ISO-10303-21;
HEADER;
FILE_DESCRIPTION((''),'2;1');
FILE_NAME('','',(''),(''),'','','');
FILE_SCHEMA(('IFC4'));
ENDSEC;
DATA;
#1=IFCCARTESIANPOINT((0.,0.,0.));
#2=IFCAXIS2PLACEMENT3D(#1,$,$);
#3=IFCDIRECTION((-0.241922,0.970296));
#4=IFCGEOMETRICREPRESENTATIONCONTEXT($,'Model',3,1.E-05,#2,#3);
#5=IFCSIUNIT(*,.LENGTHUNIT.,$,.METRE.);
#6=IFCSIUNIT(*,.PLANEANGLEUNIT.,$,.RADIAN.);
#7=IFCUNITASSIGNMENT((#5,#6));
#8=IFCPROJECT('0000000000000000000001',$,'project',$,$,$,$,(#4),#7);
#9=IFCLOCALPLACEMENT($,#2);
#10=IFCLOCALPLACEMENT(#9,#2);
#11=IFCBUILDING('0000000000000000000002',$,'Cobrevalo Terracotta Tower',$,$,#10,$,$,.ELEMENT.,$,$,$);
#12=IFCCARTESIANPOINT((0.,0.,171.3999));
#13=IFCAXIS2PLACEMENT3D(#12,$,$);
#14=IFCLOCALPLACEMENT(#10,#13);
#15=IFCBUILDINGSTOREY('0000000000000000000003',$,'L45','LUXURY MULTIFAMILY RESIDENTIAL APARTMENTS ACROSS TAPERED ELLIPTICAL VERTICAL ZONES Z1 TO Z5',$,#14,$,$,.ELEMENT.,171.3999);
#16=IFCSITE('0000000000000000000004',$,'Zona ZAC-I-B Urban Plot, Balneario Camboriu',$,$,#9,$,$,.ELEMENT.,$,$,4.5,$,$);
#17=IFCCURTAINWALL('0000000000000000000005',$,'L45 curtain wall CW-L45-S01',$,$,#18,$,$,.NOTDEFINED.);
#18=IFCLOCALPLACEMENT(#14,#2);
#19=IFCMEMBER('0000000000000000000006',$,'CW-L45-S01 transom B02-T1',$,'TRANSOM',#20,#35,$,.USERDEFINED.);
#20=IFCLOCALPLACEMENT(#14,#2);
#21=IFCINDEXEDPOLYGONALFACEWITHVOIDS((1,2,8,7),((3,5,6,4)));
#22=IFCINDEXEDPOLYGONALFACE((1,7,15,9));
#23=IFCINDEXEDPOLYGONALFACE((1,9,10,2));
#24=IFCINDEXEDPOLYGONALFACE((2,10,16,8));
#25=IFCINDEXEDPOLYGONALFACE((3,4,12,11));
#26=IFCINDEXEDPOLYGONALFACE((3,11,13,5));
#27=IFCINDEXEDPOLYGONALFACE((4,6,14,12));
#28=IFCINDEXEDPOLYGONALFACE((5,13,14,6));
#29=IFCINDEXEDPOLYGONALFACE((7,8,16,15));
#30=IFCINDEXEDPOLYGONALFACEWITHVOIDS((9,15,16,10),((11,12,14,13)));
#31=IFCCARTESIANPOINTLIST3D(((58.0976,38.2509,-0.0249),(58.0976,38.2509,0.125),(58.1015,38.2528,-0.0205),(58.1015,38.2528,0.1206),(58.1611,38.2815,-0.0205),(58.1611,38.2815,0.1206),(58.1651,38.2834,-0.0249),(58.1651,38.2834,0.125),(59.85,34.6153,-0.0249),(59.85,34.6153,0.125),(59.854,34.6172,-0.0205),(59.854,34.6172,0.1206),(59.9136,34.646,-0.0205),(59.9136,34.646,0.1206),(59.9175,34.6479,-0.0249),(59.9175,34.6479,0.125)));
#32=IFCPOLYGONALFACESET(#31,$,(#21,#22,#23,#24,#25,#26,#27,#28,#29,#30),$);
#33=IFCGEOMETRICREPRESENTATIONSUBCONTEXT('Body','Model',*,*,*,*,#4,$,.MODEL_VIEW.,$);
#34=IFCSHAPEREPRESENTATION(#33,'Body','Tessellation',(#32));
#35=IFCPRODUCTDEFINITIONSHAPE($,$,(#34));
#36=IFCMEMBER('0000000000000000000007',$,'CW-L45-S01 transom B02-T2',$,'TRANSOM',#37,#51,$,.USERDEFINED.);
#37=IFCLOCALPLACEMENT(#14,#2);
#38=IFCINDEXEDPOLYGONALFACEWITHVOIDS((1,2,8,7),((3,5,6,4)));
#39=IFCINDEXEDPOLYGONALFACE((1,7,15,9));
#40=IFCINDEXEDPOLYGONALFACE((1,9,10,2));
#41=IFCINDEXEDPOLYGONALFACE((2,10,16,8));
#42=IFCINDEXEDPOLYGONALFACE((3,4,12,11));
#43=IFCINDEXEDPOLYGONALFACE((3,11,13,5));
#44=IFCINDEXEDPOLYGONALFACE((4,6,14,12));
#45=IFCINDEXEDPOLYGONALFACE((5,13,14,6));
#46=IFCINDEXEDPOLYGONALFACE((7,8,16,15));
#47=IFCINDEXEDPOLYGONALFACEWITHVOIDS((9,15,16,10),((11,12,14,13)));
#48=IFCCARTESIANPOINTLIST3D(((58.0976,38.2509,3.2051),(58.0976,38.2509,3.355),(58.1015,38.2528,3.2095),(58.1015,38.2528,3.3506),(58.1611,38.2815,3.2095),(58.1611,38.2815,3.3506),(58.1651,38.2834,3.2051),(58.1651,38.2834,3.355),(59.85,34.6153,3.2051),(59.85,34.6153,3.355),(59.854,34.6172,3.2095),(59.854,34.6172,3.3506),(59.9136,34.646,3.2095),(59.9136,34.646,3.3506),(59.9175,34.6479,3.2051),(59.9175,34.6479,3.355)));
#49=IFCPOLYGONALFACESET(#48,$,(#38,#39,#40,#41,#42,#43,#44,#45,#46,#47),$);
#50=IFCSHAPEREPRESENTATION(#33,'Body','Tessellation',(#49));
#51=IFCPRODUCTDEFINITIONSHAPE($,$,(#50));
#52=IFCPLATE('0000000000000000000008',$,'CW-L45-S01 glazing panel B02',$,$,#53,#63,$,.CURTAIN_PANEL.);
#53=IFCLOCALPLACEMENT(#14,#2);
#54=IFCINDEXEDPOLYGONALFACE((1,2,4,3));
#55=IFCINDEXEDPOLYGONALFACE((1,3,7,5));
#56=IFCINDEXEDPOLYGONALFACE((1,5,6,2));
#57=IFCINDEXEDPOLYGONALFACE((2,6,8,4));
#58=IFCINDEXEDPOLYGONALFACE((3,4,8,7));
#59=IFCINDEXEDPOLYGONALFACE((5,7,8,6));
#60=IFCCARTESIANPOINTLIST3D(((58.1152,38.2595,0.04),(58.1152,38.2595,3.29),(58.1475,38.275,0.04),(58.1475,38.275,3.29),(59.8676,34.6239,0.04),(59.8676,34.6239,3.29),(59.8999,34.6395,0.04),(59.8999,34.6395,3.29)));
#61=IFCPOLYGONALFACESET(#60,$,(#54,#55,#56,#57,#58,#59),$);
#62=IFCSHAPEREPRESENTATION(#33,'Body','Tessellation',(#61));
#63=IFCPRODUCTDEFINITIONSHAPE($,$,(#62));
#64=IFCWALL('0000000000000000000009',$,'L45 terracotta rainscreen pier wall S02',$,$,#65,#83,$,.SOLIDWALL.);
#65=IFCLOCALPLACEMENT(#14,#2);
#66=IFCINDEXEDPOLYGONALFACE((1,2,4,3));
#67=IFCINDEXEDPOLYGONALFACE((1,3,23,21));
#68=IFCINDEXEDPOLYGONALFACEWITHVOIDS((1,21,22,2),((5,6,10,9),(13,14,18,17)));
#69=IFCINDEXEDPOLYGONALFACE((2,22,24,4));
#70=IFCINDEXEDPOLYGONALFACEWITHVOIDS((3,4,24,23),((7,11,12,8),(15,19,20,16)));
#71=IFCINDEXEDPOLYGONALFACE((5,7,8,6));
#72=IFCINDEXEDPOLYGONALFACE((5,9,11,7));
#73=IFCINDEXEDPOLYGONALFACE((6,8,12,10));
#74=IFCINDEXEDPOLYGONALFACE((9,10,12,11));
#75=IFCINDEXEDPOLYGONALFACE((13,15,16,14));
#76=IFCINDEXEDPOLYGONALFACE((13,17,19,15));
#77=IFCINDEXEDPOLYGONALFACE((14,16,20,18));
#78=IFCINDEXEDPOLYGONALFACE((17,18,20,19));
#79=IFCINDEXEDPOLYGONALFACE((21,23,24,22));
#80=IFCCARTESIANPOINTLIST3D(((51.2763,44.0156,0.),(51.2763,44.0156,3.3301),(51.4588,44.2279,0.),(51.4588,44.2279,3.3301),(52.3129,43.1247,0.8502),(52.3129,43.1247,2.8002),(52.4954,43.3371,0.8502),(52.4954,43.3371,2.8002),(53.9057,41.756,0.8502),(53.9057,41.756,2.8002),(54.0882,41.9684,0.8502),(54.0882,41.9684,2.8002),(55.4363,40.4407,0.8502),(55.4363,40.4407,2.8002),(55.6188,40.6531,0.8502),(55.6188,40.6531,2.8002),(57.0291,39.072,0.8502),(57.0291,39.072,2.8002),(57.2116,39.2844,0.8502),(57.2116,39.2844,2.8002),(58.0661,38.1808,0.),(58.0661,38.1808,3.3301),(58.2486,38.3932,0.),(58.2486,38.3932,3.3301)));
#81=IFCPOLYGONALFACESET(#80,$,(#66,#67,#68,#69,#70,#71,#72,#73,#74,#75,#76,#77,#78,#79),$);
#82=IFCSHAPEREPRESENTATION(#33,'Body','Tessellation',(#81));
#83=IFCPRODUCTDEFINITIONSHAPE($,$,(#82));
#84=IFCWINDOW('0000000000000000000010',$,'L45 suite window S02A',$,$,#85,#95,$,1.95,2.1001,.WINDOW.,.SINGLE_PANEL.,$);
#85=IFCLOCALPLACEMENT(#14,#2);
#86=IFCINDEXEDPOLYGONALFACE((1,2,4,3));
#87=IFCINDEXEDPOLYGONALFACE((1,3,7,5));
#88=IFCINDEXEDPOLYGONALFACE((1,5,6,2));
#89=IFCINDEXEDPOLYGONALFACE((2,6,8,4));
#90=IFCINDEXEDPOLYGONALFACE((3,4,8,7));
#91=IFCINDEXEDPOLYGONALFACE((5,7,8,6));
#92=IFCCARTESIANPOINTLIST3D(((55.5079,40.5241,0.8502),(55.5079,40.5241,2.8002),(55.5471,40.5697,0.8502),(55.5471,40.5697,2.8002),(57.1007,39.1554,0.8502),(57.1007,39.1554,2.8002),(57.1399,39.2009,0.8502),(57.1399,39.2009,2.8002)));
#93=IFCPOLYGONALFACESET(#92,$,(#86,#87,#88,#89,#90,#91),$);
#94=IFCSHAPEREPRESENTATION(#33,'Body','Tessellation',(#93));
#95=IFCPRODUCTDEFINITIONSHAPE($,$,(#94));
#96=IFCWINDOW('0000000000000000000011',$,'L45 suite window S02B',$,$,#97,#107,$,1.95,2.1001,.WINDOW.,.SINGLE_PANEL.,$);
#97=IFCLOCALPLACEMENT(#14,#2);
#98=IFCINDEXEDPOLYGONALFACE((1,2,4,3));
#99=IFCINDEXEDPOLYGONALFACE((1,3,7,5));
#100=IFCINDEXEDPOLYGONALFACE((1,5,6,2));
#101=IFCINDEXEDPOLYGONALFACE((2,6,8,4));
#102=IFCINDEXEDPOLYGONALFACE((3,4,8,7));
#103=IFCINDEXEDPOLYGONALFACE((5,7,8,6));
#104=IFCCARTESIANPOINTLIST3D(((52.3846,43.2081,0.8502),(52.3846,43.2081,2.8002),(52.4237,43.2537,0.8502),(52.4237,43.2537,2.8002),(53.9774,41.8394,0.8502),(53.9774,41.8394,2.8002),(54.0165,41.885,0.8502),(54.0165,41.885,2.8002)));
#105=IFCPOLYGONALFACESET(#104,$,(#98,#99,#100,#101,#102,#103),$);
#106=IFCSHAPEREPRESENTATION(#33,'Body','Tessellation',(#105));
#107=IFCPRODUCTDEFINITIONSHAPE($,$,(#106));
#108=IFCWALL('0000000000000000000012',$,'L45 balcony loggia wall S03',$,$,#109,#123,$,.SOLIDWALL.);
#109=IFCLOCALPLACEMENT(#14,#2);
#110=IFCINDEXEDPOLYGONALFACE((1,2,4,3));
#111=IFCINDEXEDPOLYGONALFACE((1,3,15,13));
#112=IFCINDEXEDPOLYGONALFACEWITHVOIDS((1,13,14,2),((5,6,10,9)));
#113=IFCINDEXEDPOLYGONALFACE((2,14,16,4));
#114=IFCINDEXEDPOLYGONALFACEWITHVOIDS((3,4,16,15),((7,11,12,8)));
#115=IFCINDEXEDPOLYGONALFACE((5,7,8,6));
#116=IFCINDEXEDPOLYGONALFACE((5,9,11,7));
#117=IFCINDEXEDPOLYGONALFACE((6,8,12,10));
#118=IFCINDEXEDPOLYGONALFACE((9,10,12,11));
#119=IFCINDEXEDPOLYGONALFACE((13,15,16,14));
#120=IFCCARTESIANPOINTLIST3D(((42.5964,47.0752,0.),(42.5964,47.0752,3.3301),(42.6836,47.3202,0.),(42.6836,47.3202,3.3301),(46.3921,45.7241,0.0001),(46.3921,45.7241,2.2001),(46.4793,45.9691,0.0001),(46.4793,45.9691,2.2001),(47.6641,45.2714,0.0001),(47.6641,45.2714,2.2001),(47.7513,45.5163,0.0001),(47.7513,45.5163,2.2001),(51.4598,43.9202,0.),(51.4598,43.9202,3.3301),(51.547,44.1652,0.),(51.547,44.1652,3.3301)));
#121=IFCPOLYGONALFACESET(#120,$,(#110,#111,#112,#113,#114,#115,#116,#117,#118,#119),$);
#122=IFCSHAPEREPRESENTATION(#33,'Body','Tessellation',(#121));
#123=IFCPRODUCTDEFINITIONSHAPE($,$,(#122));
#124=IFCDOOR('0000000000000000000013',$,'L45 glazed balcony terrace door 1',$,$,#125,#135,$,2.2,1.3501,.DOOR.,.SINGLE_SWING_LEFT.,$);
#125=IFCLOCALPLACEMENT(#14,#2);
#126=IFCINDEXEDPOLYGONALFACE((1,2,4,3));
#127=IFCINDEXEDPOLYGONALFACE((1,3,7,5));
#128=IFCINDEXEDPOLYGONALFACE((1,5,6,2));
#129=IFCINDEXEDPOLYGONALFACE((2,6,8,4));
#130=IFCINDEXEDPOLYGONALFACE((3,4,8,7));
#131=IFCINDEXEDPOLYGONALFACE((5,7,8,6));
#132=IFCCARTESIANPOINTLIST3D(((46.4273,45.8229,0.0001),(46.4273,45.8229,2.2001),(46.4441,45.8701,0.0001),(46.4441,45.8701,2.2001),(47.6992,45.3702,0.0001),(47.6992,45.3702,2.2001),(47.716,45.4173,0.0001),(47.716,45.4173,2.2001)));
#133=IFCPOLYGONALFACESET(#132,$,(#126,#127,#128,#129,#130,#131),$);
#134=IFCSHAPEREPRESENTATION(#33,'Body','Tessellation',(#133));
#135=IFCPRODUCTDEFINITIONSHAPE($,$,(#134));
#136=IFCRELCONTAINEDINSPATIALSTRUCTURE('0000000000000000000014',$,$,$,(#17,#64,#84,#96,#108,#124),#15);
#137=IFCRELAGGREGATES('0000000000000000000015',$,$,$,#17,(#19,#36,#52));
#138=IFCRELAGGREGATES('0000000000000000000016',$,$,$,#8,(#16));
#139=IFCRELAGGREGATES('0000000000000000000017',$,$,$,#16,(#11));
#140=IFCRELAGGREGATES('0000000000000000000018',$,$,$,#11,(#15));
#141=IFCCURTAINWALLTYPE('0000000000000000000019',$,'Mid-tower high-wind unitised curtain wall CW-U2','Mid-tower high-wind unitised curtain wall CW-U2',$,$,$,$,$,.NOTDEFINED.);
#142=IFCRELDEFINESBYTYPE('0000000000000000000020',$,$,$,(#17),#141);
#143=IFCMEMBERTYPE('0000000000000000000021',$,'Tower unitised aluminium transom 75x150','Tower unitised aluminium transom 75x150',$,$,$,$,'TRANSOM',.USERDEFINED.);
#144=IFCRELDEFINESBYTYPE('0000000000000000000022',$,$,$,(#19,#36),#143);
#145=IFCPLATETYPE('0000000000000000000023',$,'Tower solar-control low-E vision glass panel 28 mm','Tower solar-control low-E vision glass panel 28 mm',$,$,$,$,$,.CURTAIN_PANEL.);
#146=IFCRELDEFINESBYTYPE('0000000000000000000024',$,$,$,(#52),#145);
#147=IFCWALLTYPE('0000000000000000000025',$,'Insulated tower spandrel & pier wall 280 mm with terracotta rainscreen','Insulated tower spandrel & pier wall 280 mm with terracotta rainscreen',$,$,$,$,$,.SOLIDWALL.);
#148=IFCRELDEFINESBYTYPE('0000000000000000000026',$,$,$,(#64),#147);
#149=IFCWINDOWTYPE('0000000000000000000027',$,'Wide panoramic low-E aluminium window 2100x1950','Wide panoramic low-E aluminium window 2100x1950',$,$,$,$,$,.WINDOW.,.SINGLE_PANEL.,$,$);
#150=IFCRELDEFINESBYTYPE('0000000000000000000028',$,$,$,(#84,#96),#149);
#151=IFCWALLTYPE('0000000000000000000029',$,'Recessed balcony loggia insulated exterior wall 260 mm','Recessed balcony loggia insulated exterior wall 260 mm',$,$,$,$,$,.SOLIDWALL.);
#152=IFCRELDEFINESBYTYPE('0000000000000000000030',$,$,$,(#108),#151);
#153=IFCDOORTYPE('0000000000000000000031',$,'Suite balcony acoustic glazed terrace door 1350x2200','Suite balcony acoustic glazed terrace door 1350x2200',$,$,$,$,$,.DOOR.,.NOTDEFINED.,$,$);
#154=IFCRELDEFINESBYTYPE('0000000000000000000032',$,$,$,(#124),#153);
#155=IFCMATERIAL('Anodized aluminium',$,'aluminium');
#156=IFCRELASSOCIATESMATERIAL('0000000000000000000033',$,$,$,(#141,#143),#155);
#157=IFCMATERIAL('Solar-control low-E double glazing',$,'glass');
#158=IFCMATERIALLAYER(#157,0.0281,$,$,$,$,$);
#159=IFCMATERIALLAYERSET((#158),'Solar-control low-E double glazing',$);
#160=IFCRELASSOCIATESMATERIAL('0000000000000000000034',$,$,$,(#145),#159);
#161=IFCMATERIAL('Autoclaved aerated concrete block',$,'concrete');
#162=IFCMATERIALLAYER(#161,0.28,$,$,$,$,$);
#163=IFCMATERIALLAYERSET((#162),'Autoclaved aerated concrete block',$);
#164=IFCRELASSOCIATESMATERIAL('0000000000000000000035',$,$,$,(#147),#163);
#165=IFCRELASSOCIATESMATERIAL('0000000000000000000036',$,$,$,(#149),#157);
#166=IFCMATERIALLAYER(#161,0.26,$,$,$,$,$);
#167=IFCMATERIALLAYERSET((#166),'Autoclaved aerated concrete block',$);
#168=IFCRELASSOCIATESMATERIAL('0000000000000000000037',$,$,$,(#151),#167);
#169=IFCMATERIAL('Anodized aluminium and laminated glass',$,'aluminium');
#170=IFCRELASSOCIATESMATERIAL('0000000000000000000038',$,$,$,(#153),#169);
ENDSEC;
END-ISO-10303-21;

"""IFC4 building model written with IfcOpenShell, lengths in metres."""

from ifc_helpers import new_model, si_unit, direction, frame, frame_2d, origin, origin_2d, place, context, subcontext, project, spatial, rectangle, hollow_rectangle, extrude, source, transform, mapped, material, layer, layer_set, material_profile, profile_set, type_object, element, fill, aggregate, save


model = new_model("IFC4")

# Units and contexts
model_context = context("Model", 3, precision=1e-05, world=origin(), true_north=direction((-0.241922, 0.970296)))
body_context = subcontext(model_context, "Body", "Model", "MODEL_VIEW")
ifc_project = project(units=[si_unit("LENGTHUNIT", "METRE"), si_unit("PLANEANGLEUNIT", "RADIAN")], contexts=[model_context])

# Site, building, storey
site_placement = place(None, origin())
site = spatial("IfcSite", under=ifc_project, at=site_placement, Name="Zona ZAC-I-B Urban Plot, Balneario Camboriu", CompositionType="ELEMENT", RefElevation=4.5)
building_placement = place(site_placement, origin())
building = spatial("IfcBuilding", under=site, at=building_placement, Name="Cobrevalo Terracotta Tower", CompositionType="ELEMENT")
storey_placement = place(building_placement, frame((0.0, 0.0, 171.3999)))
storey = spatial("IfcBuildingStorey", under=building, at=storey_placement, Name="L45", Description="LUXURY MULTIFAMILY RESIDENTIAL APARTMENTS ACROSS TAPERED ELLIPTICAL VERTICAL ZONES Z1 TO Z5", CompositionType="ELEMENT", Elevation=171.3999)

# Curtain wall, members, plate
ifc_material_1 = material(Name="Anodized aluminium", Category="aluminium")
curtain_wall_type = type_object("IfcCurtainWallType", Name="Mid-tower high-wind unitised curtain wall CW-U2", Description="Mid-tower high-wind unitised curtain wall CW-U2", PredefinedType="NOTDEFINED", material=ifc_material_1)
curtain_wall_placement = place(storey_placement, origin())
curtain_wall = element("IfcCurtainWall", 1, at=curtain_wall_placement, inside=storey, type_object=curtain_wall_type, Name="L45 curtain wall CW-L45-S01", PredefinedType="NOTDEFINED")
ifc_material_profile_1 = material_profile(ifc_material_1, hollow_rectangle(XDim=0.075, YDim=0.1499, WallThickness=0.0044, at=origin_2d()), Name="CWT 75x150")
ifc_profile_set_1 = profile_set([ifc_material_profile_1], Name="Anodized aluminium")
member_type_1 = type_object("IfcMemberType", Name="Tower unitised aluminium transom 75x150", Description="Tower unitised aluminium transom 75x150", ElementType="TRANSOM", PredefinedType="USERDEFINED", material=ifc_profile_set_1)
shared_shape_1 = source(origin(), body_context, "Body", "SweptSolid", [
    extrude(hollow_rectangle(XDim=0.075, YDim=0.1499, WallThickness=0.0044, at=origin_2d()), origin(), (0.0, 0.0, 1.0), 4.0359),
])
member_1_placement = place(storey_placement, frame((59.8838, 34.6316, 0.05), z_axis=(-0.434221, 0.900806, 0.0), x_axis=(-0.900806, -0.434221, 0.0)))
member_1 = element("IfcMember", 2, at=member_1_placement, type_object=member_type_1, Name="CW-L45-S01 transom B02-T1", ObjectType="TRANSOM", PredefinedType="USERDEFINED", context=body_context, shape_type="MappedRepresentation", body=[
    mapped(shared_shape_1, transform((0.0, 0.0, 0.0), scale=1.0)),
])
member_2_placement = place(storey_placement, frame((59.8838, 34.6316, 3.28), z_axis=(-0.434221, 0.900806, 0.0), x_axis=(-0.900806, -0.434221, 0.0)))
member_2 = element("IfcMember", 3, at=member_2_placement, type_object=member_type_1, Name="CW-L45-S01 transom B02-T2", ObjectType="TRANSOM", PredefinedType="USERDEFINED", context=body_context, shape_type="MappedRepresentation", body=[
    mapped(shared_shape_1, transform((0.0, 0.0, 0.0), scale=1.0)),
])
ifc_material_2 = material(Name="Solar-control low-E double glazing", Category="glass")
ifc_layer_1 = layer(ifc_material_2, 0.0281)
ifc_layer_set_1 = layer_set([ifc_layer_1], Name="Solar-control low-E double glazing")
plate_type = type_object("IfcPlateType", Name="Tower solar-control low-E vision glass panel 28 mm", Description="Tower solar-control low-E vision glass panel 28 mm", PredefinedType="CURTAIN_PANEL", material=ifc_layer_set_1)
shared_shape_2 = source(origin(), body_context, "Body", "SweptSolid", [
    extrude(rectangle(XDim=4.0359, YDim=0.0359, at=origin_2d()), origin(), (0.0, 0.0, 1.0), 3.25),
])
plate_placement = place(storey_placement, frame((59.0076, 36.4495, 0.04), z_axis=(0.0, 0.0, 1.0), x_axis=(-0.434209, 0.900812, 0.0)))
plate = element("IfcPlate", 4, at=plate_placement, type_object=plate_type, Name="CW-L45-S01 glazing panel B02", PredefinedType="CURTAIN_PANEL", context=body_context, shape_type="MappedRepresentation", body=[
    mapped(shared_shape_2, transform((0.0, 0.0, 0.0), scale=1.0)),
])
aggregate(curtain_wall, [member_1, member_2, plate])

# Wall, openings, windows
ifc_material_3 = material(Name="Autoclaved aerated concrete block", Category="concrete")
ifc_layer_2 = layer(ifc_material_3, 0.28)
ifc_layer_set_2 = layer_set([ifc_layer_2], Name="Autoclaved aerated concrete block")
wall_type_1 = type_object("IfcWallType", Name="Insulated tower spandrel & pier wall 280 mm with terracotta rainscreen", Description="Insulated tower spandrel & pier wall 280 mm with terracotta rainscreen", PredefinedType="SOLIDWALL", material=ifc_layer_set_2)
wall_1_placement = place(storey_placement, frame((58.1572, 38.2871, 0.0), z_axis=(0.0, 0.0, 1.0), x_axis=(-0.758434, 0.65175, 0.0)))
wall_1 = element("IfcWall", 5, at=wall_1_placement, inside=storey, type_object=wall_type_1, Name="L45 terracotta rainscreen pier wall S02", PredefinedType="SOLIDWALL", context=body_context, shape_type="SweptSolid", body=[
    extrude(rectangle(XDim=8.9524, YDim=0.28, at=frame_2d((4.4761, 0.0))), origin(), (0.0, 0.0, 1.0), 3.3301),
])
opening_1_placement = place(wall_1_placement, frame((1.3672, 0.0, 0.8501)))
opening_1 = element("IfcOpeningElement", 6, at=opening_1_placement, cuts=wall_1, PredefinedType="OPENING", context=body_context, shape_type="SweptSolid", body=[
    extrude(rectangle(XDim=2.1001, YDim=1.95, at=frame_2d((1.05, 0.9751))), frame((0.0, 0.1499, 0.0), z_axis=(0.0, -1.0, 0.0), x_axis=(1.0, 0.0, 0.0)), (0.0, 0.0, 1.0), 0.3),
])
opening_2_placement = place(wall_1_placement, frame((5.4854, 0.0, 0.8501)))
opening_2 = element("IfcOpeningElement", 7, at=opening_2_placement, cuts=wall_1, PredefinedType="OPENING", context=body_context, shape_type="SweptSolid", body=[
    extrude(rectangle(XDim=2.1001, YDim=1.95, at=frame_2d((1.05, 0.9751))), frame((0.0, 0.1499, 0.0), z_axis=(0.0, -1.0, 0.0), x_axis=(1.0, 0.0, 0.0)), (0.0, 0.0, 1.0), 0.3),
])
window_type = type_object("IfcWindowType", Name="Wide panoramic low-E aluminium window 2100x1950", Description="Wide panoramic low-E aluminium window 2100x1950", PartitioningType="SINGLE_PANEL", PredefinedType="WINDOW", material=ifc_material_2)
shared_shape_3 = source(origin(), body_context, "Body", "SweptSolid", [
    extrude(rectangle(XDim=2.1001, YDim=1.95, at=frame_2d((1.05, 0.9751))), frame((0.0, 0.03, 0.0), z_axis=(0.0, -1.0, 0.0), x_axis=(1.0, 0.0, 0.0)), (0.0, 0.0, 1.0), 0.0601),
])
window_1_placement = place(opening_1_placement, origin())
window_1 = element("IfcWindow", 8, at=window_1_placement, inside=storey, type_object=window_type, Name="L45 suite window S02A", OverallHeight=1.95, OverallWidth=2.1001, PartitioningType="SINGLE_PANEL", PredefinedType="WINDOW", context=body_context, shape_type="MappedRepresentation", body=[
    mapped(shared_shape_3, transform((0.0, 0.0, 0.0), scale=1.0)),
])
fill(opening_1, window_1)
window_2_placement = place(opening_2_placement, origin())
window_2 = element("IfcWindow", 9, at=window_2_placement, inside=storey, type_object=window_type, Name="L45 suite window S02B", OverallHeight=1.95, OverallWidth=2.1001, PartitioningType="SINGLE_PANEL", PredefinedType="WINDOW", context=body_context, shape_type="MappedRepresentation", body=[
    mapped(shared_shape_3, transform((0.0, 0.0, 0.0), scale=1.0)),
])
fill(opening_2, window_2)

# Wall, opening, door
ifc_layer_3 = layer(ifc_material_3, 0.26)
ifc_layer_set_3 = layer_set([ifc_layer_3], Name="Autoclaved aerated concrete block")
wall_type_2 = type_object("IfcWallType", Name="Recessed balcony loggia insulated exterior wall 260 mm", Description="Recessed balcony loggia insulated exterior wall 260 mm", PredefinedType="SOLIDWALL", material=ifc_layer_set_3)
wall_2_placement = place(storey_placement, frame((51.5034, 44.0427, 0.0), z_axis=(0.0, 0.0, 1.0), x_axis=(-0.942095, 0.335345, 0.0)))
wall_2 = element("IfcWall", 10, at=wall_2_placement, inside=storey, type_object=wall_type_2, Name="L45 balcony loggia wall S03", PredefinedType="SOLIDWALL", context=body_context, shape_type="SweptSolid", body=[
    extrude(rectangle(XDim=9.4082, YDim=0.26, at=frame_2d((4.7041, 0.0))), origin(), (0.0, 0.0, 1.0), 3.3301),
])
opening_3_placement = place(wall_2_placement, frame((4.0291, 0.0, 0.0)))
opening_3 = element("IfcOpeningElement", 11, at=opening_3_placement, cuts=wall_2, PredefinedType="OPENING", context=body_context, shape_type="SweptSolid", body=[
    extrude(rectangle(XDim=1.3501, YDim=2.2, at=frame_2d((0.675, 1.1001))), frame((0.0, 0.1401, 0.0), z_axis=(0.0, -1.0, 0.0), x_axis=(1.0, 0.0, 0.0)), (0.0, 0.0, 1.0), 0.28),
])
ifc_material_4 = material(Name="Anodized aluminium and laminated glass", Category="aluminium")
door_type_1 = type_object("IfcDoorType", Name="Suite balcony acoustic glazed terrace door 1350x2200", Description="Suite balcony acoustic glazed terrace door 1350x2200", OperationType="NOTDEFINED", PredefinedType="DOOR", material=ifc_material_4)
shared_shape_4 = source(origin(), body_context, "Body", "SweptSolid", [
    extrude(rectangle(XDim=1.3501, YDim=2.2, at=frame_2d((0.675, 1.1001))), frame((0.0, 0.0249, 0.0), z_axis=(0.0, -1.0, 0.0), x_axis=(1.0, 0.0, 0.0)), (0.0, 0.0, 1.0), 0.05),
])
door_1_placement = place(opening_3_placement, frame((1.3501, 0.0, 0.0), z_axis=(0.0, 0.0, 1.0), x_axis=(-1.0, 0.0, 0.0)))
door_1 = element("IfcDoor", 12, at=door_1_placement, inside=storey, type_object=door_type_1, Name="L45 glazed balcony terrace door 1", OperationType="SINGLE_SWING_LEFT", OverallHeight=2.2, OverallWidth=1.3501, PredefinedType="DOOR", context=body_context, shape_type="MappedRepresentation", body=[
    mapped(shared_shape_4, transform((0.0, 0.0, 0.0), scale=1.0)),
])
fill(opening_3, door_1)

save(model, "model.ifc")
